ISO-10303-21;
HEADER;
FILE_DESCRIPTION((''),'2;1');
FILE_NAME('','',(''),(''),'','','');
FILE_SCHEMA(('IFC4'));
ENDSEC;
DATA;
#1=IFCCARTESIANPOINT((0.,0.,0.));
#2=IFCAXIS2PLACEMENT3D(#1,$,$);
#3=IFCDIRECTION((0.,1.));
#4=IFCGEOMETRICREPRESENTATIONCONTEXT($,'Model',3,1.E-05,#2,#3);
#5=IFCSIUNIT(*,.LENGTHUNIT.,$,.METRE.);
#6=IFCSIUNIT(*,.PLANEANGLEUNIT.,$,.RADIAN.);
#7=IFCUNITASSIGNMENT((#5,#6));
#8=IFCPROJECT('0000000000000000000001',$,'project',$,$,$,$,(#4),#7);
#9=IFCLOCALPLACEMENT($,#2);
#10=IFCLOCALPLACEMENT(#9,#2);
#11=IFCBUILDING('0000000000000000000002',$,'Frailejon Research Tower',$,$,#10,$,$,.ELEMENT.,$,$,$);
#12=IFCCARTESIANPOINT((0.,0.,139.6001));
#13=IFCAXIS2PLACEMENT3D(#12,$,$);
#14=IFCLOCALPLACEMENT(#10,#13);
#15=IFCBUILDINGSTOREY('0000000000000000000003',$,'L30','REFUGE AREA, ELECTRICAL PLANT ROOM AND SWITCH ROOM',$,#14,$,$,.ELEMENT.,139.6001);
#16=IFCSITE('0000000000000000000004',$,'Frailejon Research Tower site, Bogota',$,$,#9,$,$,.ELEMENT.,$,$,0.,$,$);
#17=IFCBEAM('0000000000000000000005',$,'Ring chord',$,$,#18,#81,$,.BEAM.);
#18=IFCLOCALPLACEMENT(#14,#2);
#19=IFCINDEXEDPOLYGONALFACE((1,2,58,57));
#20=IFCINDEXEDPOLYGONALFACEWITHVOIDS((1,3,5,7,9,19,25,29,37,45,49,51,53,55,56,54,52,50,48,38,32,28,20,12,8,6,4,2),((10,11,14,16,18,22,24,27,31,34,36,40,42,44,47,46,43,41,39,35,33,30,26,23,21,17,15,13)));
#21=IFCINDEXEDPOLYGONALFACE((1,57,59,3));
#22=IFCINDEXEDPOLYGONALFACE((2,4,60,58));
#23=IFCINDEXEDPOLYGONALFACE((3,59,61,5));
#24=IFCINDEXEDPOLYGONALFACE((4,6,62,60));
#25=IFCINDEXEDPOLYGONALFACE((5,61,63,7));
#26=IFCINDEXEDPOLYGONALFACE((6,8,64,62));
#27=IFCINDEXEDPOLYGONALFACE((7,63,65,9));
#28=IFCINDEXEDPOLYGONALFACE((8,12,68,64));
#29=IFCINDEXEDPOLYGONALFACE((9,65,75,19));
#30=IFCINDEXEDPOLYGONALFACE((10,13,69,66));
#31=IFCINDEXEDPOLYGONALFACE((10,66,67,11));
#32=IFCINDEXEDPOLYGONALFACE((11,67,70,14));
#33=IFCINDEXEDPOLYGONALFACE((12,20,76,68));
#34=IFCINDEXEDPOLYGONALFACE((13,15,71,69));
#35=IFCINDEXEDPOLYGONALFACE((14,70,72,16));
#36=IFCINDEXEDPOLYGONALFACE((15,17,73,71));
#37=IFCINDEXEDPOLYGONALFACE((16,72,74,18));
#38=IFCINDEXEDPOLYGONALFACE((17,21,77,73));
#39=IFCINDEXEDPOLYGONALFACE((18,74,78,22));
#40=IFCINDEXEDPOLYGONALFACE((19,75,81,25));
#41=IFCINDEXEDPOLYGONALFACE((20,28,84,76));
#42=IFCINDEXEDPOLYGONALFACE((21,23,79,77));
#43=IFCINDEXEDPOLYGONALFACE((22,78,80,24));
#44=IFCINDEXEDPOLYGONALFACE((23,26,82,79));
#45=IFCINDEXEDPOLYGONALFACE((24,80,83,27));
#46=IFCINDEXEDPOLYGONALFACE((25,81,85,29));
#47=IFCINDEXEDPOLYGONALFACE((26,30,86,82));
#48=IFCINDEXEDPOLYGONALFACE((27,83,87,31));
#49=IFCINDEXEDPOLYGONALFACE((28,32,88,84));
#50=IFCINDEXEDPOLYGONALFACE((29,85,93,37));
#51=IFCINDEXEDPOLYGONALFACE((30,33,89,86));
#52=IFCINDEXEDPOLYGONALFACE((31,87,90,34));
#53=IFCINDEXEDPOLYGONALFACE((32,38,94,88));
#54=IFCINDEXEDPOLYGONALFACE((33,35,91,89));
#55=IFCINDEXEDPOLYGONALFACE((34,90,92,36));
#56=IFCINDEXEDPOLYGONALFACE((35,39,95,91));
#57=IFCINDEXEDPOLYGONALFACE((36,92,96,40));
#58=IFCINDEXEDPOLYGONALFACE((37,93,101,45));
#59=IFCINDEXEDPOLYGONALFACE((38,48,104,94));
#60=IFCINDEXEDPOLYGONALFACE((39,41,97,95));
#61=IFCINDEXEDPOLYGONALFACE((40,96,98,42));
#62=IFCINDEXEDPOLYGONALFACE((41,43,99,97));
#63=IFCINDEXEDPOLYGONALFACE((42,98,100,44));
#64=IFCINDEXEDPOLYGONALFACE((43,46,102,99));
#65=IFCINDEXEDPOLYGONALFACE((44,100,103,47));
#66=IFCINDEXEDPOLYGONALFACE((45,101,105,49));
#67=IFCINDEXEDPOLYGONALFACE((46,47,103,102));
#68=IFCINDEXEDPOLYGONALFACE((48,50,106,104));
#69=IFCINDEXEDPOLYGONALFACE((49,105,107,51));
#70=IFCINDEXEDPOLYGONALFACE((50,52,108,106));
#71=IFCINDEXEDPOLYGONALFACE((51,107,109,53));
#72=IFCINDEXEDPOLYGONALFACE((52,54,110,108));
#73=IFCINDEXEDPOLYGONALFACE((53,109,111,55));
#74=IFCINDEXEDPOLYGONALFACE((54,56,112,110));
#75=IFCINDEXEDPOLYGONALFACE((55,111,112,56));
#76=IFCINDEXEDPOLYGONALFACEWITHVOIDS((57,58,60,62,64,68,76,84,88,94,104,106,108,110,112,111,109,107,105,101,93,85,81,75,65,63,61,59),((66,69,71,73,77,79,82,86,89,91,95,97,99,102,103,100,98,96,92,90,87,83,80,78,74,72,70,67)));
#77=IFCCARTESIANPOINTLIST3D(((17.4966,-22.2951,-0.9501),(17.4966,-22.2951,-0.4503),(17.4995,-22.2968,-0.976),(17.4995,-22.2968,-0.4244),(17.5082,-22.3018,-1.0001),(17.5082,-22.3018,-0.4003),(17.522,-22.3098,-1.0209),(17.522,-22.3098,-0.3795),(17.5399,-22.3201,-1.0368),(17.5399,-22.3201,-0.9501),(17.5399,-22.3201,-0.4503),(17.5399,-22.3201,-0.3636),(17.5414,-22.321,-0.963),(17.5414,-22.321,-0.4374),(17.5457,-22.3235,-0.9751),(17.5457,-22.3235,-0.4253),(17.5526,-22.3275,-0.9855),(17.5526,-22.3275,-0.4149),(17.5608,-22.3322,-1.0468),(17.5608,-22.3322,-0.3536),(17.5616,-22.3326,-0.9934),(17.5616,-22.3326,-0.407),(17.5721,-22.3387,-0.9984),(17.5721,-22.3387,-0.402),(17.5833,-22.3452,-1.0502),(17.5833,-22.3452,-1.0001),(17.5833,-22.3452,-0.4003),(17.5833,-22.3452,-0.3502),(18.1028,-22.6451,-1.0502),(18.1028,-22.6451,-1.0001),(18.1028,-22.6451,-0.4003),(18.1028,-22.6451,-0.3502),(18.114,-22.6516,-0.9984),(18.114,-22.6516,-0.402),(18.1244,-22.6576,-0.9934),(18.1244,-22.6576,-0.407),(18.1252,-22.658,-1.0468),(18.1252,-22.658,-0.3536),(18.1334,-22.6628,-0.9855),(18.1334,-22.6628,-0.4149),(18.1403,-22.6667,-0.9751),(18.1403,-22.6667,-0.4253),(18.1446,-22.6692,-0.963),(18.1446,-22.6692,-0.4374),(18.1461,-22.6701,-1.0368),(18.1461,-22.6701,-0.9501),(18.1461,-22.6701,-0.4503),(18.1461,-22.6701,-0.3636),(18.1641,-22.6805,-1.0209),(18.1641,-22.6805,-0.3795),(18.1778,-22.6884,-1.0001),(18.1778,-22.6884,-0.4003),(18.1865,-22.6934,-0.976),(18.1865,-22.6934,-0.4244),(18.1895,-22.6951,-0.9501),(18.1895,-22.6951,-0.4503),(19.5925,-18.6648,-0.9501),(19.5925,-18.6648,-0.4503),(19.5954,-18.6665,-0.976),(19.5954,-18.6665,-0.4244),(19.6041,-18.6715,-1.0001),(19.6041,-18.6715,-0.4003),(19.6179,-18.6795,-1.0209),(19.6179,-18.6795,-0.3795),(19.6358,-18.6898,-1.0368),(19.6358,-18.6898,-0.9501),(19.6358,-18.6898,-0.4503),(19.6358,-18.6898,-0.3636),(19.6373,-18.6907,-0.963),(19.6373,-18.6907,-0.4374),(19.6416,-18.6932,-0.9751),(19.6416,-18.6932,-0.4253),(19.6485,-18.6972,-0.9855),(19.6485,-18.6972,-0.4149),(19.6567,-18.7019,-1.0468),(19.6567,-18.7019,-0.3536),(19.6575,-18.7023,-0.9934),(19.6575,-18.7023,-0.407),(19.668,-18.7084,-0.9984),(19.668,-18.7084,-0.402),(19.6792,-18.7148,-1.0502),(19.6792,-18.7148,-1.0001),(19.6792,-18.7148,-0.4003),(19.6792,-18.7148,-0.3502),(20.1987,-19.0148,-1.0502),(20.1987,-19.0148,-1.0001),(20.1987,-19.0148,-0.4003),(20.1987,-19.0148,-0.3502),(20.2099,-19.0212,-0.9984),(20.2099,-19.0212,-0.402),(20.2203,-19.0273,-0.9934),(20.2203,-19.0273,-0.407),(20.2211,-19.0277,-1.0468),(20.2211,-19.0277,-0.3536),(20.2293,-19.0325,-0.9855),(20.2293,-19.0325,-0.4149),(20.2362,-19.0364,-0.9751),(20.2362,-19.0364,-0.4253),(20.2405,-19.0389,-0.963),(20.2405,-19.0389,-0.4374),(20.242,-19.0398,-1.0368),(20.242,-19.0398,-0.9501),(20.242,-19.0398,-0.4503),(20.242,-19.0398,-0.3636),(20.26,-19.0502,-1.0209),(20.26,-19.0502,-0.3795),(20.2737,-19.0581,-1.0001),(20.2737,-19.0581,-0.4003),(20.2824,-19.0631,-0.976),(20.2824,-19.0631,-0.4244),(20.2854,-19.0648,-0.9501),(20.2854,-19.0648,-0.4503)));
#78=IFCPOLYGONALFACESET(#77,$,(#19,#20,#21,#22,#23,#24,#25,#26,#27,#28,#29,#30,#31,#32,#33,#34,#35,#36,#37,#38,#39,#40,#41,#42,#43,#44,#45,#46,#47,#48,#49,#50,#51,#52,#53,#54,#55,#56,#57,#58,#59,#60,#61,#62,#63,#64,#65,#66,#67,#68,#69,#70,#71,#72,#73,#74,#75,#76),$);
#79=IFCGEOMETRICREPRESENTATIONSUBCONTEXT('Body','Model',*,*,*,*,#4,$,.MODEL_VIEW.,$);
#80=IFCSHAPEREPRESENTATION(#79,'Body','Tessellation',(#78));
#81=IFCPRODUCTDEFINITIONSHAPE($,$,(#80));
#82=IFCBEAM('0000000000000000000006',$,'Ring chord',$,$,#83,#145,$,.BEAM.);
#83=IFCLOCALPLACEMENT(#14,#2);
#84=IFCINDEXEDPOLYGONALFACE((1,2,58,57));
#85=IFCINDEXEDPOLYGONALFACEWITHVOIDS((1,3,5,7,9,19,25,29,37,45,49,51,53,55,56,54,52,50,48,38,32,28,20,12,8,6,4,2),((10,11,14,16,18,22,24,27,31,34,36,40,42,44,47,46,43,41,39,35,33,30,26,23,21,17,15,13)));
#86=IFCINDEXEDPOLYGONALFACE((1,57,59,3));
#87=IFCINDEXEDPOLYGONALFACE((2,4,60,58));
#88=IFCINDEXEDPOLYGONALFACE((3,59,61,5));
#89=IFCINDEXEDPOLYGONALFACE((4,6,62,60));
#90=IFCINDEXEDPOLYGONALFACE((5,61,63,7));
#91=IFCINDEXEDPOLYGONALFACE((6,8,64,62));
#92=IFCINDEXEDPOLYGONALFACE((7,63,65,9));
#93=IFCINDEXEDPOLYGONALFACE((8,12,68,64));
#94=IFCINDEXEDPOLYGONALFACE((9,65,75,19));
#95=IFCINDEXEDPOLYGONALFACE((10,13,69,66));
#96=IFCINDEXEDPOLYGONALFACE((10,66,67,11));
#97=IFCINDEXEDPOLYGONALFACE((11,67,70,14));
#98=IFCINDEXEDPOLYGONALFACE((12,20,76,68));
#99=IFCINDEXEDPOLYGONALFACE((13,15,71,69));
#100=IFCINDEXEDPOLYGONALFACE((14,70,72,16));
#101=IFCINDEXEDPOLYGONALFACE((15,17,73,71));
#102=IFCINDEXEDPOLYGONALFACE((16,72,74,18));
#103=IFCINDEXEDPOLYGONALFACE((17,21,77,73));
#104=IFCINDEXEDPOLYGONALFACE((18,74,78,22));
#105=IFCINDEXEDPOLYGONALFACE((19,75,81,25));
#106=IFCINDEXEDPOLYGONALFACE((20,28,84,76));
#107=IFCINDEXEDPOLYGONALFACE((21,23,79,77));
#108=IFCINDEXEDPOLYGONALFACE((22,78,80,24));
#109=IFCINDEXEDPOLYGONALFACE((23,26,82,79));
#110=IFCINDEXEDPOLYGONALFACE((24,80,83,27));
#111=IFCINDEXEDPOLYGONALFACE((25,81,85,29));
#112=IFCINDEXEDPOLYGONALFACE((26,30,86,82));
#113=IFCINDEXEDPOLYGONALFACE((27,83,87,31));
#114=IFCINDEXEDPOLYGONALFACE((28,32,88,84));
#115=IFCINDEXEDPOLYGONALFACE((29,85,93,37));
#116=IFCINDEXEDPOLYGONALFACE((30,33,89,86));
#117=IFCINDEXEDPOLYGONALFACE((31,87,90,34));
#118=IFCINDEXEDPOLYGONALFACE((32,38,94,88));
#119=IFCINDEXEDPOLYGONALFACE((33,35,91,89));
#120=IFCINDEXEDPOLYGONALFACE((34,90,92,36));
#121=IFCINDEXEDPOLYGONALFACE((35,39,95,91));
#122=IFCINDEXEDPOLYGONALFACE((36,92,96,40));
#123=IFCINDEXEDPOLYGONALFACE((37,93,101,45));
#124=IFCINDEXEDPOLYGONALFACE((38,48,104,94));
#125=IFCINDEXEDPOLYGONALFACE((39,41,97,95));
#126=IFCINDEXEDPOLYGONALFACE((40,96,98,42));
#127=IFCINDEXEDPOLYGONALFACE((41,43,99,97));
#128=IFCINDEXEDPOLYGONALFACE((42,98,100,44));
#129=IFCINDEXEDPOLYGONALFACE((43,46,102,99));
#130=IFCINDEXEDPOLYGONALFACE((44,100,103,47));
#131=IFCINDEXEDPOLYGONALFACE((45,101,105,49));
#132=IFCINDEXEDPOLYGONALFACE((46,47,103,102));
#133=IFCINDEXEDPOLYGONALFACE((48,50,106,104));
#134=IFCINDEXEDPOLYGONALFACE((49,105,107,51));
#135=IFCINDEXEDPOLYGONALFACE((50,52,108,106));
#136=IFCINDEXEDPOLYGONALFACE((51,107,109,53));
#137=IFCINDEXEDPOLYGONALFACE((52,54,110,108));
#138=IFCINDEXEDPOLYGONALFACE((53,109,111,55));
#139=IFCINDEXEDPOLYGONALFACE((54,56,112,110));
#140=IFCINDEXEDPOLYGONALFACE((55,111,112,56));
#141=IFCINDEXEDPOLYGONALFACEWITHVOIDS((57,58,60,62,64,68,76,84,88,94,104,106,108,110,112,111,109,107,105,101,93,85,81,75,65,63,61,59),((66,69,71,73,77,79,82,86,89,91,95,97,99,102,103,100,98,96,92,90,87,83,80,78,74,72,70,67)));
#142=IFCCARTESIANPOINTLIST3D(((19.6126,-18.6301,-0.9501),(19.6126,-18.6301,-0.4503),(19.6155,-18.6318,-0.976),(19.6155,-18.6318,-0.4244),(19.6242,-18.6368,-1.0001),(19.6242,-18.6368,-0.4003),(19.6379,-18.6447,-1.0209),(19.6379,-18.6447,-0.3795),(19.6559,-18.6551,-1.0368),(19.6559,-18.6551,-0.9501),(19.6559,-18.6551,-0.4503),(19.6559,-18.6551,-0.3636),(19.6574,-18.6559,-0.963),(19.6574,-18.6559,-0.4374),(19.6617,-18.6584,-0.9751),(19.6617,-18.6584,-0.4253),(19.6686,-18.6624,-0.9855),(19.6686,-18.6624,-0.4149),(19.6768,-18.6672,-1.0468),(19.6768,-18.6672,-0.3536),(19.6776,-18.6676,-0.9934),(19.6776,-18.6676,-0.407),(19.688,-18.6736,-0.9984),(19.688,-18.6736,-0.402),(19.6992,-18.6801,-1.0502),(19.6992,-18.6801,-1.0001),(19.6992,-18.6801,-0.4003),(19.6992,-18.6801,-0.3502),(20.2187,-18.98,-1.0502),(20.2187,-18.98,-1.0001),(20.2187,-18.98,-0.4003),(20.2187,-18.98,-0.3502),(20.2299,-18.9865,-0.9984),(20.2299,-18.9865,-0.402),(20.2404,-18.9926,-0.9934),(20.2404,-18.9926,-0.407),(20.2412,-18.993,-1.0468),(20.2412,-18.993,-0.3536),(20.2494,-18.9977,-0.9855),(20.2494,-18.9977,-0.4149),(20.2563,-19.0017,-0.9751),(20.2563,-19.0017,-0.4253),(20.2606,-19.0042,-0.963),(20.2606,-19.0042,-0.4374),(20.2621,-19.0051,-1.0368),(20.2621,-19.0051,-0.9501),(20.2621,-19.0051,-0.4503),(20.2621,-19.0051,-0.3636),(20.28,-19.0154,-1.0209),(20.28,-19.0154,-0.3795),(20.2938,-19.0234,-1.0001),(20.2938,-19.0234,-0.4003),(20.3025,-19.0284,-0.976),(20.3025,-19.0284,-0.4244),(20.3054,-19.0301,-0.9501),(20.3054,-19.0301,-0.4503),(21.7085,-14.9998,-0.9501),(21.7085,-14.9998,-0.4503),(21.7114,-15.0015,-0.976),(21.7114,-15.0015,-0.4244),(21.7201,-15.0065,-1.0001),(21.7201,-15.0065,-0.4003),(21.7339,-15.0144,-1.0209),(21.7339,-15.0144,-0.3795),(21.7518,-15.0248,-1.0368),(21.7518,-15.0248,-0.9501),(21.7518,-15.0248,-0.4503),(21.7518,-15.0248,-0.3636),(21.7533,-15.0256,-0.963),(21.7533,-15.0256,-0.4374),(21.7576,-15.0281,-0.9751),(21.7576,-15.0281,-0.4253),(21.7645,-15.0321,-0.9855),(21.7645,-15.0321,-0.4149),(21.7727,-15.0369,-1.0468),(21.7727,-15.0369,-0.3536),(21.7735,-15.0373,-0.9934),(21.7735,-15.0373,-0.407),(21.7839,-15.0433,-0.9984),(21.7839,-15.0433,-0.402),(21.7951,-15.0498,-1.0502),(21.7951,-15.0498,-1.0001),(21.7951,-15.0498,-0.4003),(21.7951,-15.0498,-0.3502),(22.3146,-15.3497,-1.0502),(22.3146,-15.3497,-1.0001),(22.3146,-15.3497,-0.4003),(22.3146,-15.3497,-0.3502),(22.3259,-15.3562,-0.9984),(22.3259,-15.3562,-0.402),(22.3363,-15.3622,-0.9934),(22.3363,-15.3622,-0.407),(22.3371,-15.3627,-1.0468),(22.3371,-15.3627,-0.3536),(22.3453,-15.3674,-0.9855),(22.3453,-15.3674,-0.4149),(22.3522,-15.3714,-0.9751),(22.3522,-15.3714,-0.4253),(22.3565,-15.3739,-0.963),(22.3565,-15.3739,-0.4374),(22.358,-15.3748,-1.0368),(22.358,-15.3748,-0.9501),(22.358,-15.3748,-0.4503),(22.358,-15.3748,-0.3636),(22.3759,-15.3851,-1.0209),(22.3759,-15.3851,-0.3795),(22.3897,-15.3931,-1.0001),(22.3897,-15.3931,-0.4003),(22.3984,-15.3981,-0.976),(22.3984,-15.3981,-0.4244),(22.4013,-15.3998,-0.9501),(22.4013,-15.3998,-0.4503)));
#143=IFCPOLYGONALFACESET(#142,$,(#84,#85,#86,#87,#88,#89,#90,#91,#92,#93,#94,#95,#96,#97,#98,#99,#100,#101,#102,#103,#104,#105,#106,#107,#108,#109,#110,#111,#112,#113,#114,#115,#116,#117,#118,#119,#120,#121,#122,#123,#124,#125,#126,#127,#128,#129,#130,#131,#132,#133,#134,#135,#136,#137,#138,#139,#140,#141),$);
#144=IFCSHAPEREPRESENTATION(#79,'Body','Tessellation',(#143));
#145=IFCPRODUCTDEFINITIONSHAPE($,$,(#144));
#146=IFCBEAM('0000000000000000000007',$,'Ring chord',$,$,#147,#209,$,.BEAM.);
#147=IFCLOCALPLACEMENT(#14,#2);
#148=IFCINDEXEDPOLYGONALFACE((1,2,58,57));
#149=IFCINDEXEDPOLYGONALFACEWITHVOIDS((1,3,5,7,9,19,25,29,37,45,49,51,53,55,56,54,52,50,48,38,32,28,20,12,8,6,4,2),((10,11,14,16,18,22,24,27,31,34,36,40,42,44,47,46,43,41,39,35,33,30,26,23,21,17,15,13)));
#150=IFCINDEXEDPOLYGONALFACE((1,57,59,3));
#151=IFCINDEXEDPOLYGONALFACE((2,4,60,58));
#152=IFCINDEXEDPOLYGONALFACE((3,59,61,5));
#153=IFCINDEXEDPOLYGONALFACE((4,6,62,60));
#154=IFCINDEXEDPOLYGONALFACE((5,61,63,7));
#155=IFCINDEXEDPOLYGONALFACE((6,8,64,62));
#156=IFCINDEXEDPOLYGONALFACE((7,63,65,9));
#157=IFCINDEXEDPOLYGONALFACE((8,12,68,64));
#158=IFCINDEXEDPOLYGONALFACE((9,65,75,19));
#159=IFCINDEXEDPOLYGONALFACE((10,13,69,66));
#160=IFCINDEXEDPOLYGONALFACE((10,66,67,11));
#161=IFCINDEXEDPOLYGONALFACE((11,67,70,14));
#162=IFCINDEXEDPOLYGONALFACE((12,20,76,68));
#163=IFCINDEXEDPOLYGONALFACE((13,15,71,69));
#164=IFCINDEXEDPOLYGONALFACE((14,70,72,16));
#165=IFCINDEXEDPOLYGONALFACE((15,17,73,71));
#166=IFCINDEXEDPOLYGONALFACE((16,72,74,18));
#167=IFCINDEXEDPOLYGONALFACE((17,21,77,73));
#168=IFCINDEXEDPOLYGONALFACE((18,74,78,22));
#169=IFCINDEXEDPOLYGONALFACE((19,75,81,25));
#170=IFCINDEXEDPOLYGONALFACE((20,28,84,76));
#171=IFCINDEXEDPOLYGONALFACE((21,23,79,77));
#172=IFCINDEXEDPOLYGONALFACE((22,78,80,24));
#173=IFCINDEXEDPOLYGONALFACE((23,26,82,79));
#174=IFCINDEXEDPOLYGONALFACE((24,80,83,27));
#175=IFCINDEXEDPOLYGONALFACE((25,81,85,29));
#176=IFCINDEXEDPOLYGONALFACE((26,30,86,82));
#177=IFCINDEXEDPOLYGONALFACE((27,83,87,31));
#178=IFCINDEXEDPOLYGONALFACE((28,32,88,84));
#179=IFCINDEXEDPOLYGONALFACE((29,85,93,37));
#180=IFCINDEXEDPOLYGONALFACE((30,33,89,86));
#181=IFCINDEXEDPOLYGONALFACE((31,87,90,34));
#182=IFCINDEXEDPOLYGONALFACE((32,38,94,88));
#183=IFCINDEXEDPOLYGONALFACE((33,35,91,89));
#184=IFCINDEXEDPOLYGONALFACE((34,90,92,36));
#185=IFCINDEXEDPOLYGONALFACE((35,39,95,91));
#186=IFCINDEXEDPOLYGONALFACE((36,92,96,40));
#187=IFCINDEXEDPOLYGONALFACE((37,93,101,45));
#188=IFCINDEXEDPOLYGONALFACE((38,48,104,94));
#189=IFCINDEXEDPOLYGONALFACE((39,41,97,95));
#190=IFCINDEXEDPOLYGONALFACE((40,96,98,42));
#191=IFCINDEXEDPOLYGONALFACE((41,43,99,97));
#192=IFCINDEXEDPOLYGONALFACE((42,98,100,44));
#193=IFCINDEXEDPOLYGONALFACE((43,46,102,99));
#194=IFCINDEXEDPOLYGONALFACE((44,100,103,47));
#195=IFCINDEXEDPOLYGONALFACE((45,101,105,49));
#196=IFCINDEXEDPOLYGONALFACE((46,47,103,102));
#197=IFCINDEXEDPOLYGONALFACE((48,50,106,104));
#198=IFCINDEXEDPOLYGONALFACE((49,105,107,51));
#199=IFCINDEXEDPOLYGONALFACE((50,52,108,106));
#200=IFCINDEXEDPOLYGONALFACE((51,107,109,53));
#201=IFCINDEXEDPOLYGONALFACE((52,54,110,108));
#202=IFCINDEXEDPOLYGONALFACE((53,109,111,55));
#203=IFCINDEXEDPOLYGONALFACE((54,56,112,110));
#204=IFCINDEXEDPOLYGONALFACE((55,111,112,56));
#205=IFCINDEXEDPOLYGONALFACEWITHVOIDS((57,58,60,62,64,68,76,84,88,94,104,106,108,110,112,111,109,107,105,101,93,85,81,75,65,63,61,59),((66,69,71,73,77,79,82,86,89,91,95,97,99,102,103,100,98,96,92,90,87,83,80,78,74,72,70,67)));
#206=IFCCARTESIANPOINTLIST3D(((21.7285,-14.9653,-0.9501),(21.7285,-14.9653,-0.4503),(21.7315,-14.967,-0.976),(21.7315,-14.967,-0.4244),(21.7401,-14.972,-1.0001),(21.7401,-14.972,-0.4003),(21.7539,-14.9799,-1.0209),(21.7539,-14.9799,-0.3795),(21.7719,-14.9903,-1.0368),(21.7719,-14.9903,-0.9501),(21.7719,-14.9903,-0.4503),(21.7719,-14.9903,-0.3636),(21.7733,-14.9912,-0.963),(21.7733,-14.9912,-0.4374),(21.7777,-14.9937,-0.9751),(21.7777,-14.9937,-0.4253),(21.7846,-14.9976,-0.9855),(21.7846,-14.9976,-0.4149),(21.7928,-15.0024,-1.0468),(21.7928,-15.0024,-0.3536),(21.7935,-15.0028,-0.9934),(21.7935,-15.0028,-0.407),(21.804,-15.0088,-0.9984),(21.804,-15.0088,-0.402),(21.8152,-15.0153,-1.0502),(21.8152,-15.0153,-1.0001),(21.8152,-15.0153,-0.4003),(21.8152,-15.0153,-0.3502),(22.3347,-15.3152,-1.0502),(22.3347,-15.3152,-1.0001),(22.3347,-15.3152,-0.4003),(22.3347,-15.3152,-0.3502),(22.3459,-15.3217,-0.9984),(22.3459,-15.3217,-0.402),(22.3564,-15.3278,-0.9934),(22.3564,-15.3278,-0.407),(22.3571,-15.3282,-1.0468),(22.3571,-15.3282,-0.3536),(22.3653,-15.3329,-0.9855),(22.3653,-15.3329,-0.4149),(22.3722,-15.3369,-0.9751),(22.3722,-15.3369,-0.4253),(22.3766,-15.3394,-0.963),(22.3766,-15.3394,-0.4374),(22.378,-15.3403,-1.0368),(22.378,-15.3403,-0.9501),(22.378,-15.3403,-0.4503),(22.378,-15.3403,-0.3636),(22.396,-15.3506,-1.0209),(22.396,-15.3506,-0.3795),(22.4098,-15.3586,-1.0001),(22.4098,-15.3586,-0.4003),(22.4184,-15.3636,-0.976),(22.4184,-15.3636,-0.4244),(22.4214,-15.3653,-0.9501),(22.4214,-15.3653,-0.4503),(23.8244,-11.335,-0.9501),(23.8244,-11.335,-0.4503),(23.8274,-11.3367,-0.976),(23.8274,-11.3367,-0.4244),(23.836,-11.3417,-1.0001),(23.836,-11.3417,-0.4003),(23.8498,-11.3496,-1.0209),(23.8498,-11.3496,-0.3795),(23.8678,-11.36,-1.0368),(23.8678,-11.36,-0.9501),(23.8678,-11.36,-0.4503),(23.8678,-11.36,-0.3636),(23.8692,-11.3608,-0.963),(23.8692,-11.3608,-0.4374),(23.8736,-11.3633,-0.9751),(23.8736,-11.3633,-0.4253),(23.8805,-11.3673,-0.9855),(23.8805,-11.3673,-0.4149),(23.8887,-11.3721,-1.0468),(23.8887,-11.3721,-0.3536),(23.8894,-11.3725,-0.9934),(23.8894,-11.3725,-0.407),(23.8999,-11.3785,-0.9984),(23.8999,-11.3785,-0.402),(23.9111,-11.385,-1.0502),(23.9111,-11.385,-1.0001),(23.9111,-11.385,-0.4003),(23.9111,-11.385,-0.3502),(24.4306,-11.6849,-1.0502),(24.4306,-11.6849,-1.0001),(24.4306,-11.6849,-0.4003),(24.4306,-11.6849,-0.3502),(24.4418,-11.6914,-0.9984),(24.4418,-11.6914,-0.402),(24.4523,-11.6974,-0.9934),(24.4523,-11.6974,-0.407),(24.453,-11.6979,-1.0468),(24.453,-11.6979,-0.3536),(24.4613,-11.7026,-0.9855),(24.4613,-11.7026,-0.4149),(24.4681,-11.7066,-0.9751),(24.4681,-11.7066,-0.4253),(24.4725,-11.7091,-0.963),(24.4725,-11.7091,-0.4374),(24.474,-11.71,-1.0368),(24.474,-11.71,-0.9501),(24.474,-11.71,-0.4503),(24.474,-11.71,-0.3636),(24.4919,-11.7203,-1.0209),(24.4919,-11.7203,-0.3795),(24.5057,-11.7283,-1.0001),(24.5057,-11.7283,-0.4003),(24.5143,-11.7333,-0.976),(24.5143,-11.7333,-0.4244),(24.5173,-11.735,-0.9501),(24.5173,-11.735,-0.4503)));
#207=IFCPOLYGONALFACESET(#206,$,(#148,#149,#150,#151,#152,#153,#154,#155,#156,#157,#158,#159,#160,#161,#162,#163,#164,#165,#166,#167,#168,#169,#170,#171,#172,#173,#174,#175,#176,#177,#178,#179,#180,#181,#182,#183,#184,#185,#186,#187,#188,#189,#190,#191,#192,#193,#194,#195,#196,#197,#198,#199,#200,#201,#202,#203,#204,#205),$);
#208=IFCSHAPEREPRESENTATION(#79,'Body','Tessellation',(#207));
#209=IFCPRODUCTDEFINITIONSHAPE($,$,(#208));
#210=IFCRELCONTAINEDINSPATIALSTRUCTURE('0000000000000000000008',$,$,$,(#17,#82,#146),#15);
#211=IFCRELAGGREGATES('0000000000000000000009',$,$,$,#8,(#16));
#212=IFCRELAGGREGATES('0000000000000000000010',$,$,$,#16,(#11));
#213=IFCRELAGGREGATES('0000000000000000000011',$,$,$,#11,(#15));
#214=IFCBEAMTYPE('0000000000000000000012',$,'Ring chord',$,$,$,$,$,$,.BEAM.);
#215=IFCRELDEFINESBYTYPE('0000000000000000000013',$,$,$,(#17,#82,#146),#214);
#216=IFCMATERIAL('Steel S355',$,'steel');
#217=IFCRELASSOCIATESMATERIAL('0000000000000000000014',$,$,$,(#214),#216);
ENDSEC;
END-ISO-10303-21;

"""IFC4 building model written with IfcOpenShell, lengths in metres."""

from ifc_helpers import new_model, si_unit, direction, frame, origin, origin_2d, place, context, subcontext, project, spatial, hollow_rectangle, extrude, material, material_profile, profile_set, type_object, element, save


model = new_model("IFC4")

# Units and contexts
model_context = context("Model", 3, precision=1e-05, world=origin(), true_north=direction((0.0, 1.0)))
body_context = subcontext(model_context, "Body", "Model", "MODEL_VIEW")
ifc_project = project(units=[si_unit("LENGTHUNIT", "METRE"), si_unit("PLANEANGLEUNIT", "RADIAN")], contexts=[model_context])

# Site, building, storey
site_placement = place(None, origin())
site = spatial("IfcSite", under=ifc_project, at=site_placement, Name="Frailejon Research Tower site, Bogota", CompositionType="ELEMENT", RefElevation=0.0)
building_placement = place(site_placement, origin())
building = spatial("IfcBuilding", under=site, at=building_placement, Name="Frailejon Research Tower", CompositionType="ELEMENT")
storey_placement = place(building_placement, frame((0.0, 0.0, 139.6001)))
storey = spatial("IfcBuildingStorey", under=building, at=storey_placement, Name="L30", Description="REFUGE AREA, ELECTRICAL PLANT ROOM AND SWITCH ROOM", CompositionType="ELEMENT", Elevation=139.6001)

# Beams
ifc_material_1 = material(Name="Steel S355", Category="steel")
ifc_material_profile_1 = material_profile(ifc_material_1, hollow_rectangle(XDim=0.8, YDim=0.7, WallThickness=0.05, InnerFilletRadius=0.05, OuterFilletRadius=0.1001, at=origin_2d()), Name="Ring chord")
ifc_profile_set_1 = profile_set([ifc_material_profile_1], Name="Steel S355")
beam_type_1 = type_object("IfcBeamType", Name="Ring chord", PredefinedType="BEAM", material=ifc_profile_set_1)
for number, where, z_axis, x_axis, name in (
    (1, (17.843, -22.4951, -0.7002), (0.499991, 0.86603, 0.0), (-0.86603, 0.499991, 0.0), "Ring chord"),
    (2, (19.959, -18.8301, -0.7002), (0.499991, 0.86603, 0.0), (-0.86603, 0.499991, 0.0), "Ring chord"),
    (3, (22.075, -15.1653, -0.7002), (0.499991, 0.86603, 0.0), (-0.86603, 0.499991, 0.0), "Ring chord"),
):
    element("IfcBeam", number, at=place(storey_placement, frame(where, z_axis=z_axis, x_axis=x_axis)), inside=storey, type_object=beam_type_1, Name=name, PredefinedType="BEAM", context=body_context, shape_type="SweptSolid", body=[
        extrude(hollow_rectangle(XDim=0.8, YDim=0.7, WallThickness=0.05, InnerFilletRadius=0.05, OuterFilletRadius=0.1001, at=origin_2d()), origin(), (0.0, 0.0, 1.0), 4.1919),
    ])

save(model, "model.ifc")
